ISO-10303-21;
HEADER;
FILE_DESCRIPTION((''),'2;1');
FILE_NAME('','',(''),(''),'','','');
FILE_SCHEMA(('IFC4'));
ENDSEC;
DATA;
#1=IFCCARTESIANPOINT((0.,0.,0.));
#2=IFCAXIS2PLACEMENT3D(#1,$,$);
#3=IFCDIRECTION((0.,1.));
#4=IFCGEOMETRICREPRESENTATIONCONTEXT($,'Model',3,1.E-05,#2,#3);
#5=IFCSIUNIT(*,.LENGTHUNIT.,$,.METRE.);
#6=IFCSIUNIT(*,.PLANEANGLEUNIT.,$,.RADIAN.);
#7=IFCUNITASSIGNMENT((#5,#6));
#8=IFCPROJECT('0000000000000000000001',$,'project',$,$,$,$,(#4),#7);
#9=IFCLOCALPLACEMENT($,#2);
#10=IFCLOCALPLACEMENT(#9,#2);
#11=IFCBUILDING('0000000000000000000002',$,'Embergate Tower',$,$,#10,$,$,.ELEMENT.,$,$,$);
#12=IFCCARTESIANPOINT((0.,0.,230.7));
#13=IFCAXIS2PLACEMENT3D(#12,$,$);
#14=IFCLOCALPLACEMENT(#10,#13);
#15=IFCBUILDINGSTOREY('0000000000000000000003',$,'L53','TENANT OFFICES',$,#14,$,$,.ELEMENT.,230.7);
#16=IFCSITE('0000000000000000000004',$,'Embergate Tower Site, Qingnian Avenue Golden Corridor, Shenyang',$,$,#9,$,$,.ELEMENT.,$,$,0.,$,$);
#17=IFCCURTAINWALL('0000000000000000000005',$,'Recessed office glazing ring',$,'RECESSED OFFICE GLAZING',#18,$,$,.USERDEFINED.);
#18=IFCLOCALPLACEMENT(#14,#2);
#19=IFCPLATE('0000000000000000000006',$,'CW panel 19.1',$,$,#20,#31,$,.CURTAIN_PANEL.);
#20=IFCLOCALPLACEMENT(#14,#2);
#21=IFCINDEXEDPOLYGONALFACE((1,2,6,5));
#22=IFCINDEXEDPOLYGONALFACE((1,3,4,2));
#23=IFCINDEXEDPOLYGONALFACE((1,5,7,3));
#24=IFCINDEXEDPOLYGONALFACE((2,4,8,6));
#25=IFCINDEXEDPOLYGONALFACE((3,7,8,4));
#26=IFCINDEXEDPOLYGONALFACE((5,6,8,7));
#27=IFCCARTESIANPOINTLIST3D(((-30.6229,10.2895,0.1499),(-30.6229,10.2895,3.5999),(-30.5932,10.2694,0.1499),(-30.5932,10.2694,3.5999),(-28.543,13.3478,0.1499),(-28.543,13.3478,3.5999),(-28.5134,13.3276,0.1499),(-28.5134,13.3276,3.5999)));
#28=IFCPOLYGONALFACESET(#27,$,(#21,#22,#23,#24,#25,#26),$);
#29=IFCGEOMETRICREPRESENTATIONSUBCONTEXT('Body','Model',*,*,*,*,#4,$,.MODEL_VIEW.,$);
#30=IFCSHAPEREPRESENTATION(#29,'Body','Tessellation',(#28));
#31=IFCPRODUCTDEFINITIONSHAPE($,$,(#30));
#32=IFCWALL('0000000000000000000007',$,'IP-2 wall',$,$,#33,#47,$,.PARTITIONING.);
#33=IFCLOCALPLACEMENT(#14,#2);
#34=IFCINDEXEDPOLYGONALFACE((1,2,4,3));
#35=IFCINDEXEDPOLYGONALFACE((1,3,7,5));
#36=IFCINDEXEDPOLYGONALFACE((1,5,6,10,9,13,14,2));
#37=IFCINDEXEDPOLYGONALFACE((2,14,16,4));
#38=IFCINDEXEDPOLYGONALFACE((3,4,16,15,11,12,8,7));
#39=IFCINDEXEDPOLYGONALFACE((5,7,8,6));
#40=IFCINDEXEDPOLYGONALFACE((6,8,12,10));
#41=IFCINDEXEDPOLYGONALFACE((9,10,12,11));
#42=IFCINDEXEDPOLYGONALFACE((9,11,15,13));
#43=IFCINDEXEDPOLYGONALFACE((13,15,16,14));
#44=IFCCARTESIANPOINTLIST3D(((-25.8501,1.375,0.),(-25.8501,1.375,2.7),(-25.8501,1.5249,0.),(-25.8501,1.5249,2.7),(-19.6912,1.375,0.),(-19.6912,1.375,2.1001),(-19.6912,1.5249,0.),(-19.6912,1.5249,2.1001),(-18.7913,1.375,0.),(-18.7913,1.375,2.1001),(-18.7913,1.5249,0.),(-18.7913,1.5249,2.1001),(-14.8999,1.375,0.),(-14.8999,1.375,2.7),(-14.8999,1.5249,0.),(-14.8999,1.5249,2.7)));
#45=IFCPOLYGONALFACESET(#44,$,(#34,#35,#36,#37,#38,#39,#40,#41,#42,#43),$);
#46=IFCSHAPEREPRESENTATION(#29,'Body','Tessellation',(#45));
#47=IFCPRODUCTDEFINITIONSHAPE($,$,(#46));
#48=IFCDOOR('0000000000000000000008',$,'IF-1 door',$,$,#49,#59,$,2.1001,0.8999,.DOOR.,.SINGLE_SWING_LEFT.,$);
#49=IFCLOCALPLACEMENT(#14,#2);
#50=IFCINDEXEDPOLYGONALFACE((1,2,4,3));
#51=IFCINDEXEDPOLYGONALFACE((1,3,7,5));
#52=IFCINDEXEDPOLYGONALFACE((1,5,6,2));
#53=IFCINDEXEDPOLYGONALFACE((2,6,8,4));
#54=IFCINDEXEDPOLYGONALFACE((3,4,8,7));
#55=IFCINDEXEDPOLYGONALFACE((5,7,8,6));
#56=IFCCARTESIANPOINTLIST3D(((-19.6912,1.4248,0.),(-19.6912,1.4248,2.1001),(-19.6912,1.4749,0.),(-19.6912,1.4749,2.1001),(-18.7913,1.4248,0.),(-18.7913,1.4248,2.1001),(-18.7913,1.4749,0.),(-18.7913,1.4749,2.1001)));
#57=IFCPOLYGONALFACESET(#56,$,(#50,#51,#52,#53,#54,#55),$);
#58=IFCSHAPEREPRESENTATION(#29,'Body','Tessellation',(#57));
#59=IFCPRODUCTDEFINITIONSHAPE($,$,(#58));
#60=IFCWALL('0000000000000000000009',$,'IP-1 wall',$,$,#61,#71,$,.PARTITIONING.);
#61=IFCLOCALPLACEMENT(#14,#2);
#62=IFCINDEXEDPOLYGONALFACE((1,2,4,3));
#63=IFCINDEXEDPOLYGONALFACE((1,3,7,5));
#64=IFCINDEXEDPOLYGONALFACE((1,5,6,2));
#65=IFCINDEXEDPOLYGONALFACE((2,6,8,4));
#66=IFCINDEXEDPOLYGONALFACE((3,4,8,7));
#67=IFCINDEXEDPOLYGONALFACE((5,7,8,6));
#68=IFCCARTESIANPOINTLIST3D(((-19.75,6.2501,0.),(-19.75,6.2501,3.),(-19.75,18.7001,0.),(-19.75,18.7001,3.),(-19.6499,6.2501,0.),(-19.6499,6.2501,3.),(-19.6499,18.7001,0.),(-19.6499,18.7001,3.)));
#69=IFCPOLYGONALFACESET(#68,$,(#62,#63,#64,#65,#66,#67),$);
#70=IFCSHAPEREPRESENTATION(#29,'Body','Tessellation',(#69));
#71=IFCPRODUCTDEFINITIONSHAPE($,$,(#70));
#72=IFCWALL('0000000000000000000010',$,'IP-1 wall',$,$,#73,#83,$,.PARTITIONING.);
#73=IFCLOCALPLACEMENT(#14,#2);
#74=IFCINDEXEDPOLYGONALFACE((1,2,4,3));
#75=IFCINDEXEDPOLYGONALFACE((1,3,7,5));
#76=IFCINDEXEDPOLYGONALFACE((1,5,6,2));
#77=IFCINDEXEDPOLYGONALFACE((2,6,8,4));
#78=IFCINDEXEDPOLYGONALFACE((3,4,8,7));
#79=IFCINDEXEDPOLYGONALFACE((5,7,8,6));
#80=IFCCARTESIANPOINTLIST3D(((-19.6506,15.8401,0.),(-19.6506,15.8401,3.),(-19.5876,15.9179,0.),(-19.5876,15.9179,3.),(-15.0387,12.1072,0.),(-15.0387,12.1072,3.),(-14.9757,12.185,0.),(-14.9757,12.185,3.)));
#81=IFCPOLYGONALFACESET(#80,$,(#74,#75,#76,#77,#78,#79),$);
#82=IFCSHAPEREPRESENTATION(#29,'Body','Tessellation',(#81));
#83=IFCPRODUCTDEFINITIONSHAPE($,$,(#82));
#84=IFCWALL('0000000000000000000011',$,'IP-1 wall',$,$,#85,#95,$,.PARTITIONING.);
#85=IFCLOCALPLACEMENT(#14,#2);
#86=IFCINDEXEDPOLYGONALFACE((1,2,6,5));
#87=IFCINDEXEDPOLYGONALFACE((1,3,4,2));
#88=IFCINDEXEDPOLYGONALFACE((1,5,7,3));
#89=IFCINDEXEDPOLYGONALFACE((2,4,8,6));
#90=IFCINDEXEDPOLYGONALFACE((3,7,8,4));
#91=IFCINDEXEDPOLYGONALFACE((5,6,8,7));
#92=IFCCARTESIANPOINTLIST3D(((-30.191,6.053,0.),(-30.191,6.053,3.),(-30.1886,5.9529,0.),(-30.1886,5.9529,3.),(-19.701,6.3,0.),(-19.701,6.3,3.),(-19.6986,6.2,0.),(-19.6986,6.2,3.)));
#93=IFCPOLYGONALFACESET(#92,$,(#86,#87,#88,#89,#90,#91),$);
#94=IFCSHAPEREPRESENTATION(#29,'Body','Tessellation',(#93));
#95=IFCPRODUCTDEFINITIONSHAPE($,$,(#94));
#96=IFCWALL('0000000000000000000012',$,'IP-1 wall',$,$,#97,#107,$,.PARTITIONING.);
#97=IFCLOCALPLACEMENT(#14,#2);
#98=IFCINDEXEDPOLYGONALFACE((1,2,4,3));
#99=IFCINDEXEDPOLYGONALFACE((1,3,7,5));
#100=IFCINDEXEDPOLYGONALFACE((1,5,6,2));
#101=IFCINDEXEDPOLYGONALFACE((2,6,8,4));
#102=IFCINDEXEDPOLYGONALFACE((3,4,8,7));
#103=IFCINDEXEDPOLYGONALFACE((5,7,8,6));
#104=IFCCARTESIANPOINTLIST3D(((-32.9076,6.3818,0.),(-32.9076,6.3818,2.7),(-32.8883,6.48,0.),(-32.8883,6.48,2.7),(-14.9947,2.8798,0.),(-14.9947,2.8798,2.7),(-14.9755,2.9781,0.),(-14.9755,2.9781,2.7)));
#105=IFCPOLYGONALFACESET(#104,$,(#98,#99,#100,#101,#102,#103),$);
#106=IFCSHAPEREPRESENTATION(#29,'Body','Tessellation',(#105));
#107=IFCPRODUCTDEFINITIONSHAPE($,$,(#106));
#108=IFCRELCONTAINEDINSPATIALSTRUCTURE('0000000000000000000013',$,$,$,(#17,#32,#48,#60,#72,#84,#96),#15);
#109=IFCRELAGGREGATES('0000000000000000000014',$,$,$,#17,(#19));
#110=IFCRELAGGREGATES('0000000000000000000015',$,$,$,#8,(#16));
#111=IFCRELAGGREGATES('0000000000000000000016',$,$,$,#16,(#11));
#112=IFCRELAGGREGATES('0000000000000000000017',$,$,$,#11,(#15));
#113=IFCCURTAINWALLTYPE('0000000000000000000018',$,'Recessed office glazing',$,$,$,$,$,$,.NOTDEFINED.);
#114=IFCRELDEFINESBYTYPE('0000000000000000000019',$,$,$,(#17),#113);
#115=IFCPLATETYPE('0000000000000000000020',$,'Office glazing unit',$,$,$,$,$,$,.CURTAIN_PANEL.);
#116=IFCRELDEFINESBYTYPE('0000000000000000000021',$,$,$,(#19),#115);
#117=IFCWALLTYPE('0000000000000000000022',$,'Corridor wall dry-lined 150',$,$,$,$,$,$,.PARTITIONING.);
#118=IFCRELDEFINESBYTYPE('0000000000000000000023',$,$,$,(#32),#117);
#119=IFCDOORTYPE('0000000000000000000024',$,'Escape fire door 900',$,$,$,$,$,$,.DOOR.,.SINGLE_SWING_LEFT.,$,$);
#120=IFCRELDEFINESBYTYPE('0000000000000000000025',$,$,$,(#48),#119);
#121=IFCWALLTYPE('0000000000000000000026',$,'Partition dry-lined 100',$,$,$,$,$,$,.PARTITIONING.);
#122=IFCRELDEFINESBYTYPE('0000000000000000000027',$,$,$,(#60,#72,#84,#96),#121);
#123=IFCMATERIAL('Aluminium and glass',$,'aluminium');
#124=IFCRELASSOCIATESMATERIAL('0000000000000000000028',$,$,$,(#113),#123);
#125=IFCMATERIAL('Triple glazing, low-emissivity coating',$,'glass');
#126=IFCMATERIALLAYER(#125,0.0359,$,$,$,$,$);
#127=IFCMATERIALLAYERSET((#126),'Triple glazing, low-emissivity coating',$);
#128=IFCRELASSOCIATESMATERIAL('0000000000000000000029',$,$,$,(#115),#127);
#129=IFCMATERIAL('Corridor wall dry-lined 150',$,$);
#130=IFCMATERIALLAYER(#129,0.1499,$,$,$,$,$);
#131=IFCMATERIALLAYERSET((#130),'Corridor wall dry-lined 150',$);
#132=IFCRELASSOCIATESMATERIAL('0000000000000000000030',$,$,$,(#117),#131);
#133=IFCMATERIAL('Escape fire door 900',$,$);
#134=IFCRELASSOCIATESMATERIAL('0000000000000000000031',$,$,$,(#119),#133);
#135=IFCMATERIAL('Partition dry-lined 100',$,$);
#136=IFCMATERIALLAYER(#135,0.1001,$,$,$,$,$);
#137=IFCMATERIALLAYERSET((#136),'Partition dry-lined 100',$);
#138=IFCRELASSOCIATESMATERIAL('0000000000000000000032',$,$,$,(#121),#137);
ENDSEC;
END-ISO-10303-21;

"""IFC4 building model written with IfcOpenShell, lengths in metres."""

from ifc_helpers import new_model, si_unit, direction, frame, frame_2d, origin, origin_2d, place, context, subcontext, project, spatial, rectangle, extrude, source, transform, mapped, material, layer, layer_set, type_object, element, fill, aggregate, save


model = new_model("IFC4")

# Units and contexts
model_context = context("Model", 3, precision=1e-05, world=origin(), true_north=direction((0.0, 1.0)))
body_context = subcontext(model_context, "Body", "Model", "MODEL_VIEW")
ifc_project = project(units=[si_unit("LENGTHUNIT", "METRE"), si_unit("PLANEANGLEUNIT", "RADIAN")], contexts=[model_context])

# Site, building, storey
site_placement = place(None, origin())
site = spatial("IfcSite", under=ifc_project, at=site_placement, Name="Embergate Tower Site, Qingnian Avenue Golden Corridor, Shenyang", CompositionType="ELEMENT", RefElevation=0.0)
building_placement = place(site_placement, origin())
building = spatial("IfcBuilding", under=site, at=building_placement, Name="Embergate Tower", CompositionType="ELEMENT")
storey_placement = place(building_placement, frame((0.0, 0.0, 230.7)))
storey = spatial("IfcBuildingStorey", under=building, at=storey_placement, Name="L53", Description="TENANT OFFICES", CompositionType="ELEMENT", Elevation=230.7)

# Curtain wall, plate
ifc_material_1 = material(Name="Aluminium and glass", Category="aluminium")
curtain_wall_type = type_object("IfcCurtainWallType", Name="Recessed office glazing", PredefinedType="NOTDEFINED", material=ifc_material_1)
curtain_wall_placement = place(storey_placement, origin())
curtain_wall = element("IfcCurtainWall", 1, at=curtain_wall_placement, inside=storey, type_object=curtain_wall_type, Name="Recessed office glazing ring", ObjectType="RECESSED OFFICE GLAZING", PredefinedType="USERDEFINED")
ifc_material_2 = material(Name="Triple glazing, low-emissivity coating", Category="glass")
ifc_layer_1 = layer(ifc_material_2, 0.0359)
ifc_layer_set_1 = layer_set([ifc_layer_1], Name="Triple glazing, low-emissivity coating")
plate_type = type_object("IfcPlateType", Name="Office glazing unit", PredefinedType="CURTAIN_PANEL", material=ifc_layer_set_1)
shared_shape_1 = source(origin(), body_context, "Body", "SweptSolid", [
    extrude(rectangle(XDim=3.6985, YDim=0.0359, at=origin_2d()), origin(), (0.0, 0.0, 1.0), 3.45),
])
plate_1_placement = place(storey_placement, frame((-29.5681, 11.8086, 0.1499), z_axis=(0.0, 0.0, 1.0), x_axis=(-0.562352, -0.826898, 0.0)))
plate_1 = element("IfcPlate", 2, at=plate_1_placement, type_object=plate_type, Name="CW panel 19.1", PredefinedType="CURTAIN_PANEL", context=body_context, shape_type="MappedRepresentation", body=[
    mapped(shared_shape_1, transform((0.0, 0.0, 0.0))),
])
aggregate(curtain_wall, [plate_1])

# Wall, opening, door
ifc_material_3 = material(Name="Corridor wall dry-lined 150")
ifc_layer_2 = layer(ifc_material_3, 0.1499)
ifc_layer_set_2 = layer_set([ifc_layer_2], Name="Corridor wall dry-lined 150")
wall_type_1 = type_object("IfcWallType", Name="Corridor wall dry-lined 150", PredefinedType="PARTITIONING", material=ifc_layer_set_2)
shared_shape_2 = source(origin(), body_context, "Body", "SweptSolid", [
    extrude(rectangle(XDim=10.9502, YDim=0.1499, at=frame_2d((5.4751, 0.0))), origin(), (0.0, 0.0, 1.0), 2.7),
])
wall_1_placement = place(storey_placement, frame((-25.8501, 1.45, 0.0), z_axis=(0.0, 0.0, 1.0), x_axis=(1.0, 0.0, 0.0)))
wall_1 = element("IfcWall", 3, at=wall_1_placement, inside=storey, type_object=wall_type_1, Name="IP-2 wall", PredefinedType="PARTITIONING", context=body_context, shape_type="MappedRepresentation", body=[
    mapped(shared_shape_2, transform((0.0, 0.0, 0.0))),
])
shared_shape_3 = source(origin(), body_context, "Body", "SweptSolid", [
    extrude(rectangle(XDim=0.8999, YDim=2.1001, at=frame_2d((0.45, 1.05))), frame((0.0, 0.085, 0.0), z_axis=(0.0, -1.0, 0.0), x_axis=(1.0, 0.0, 0.0)), (0.0, 0.0, 1.0), 0.1699),
])
opening_placement = place(wall_1_placement, frame((6.1589, 0.0, 0.0)))
opening = element("IfcOpeningElement", 4, at=opening_placement, cuts=wall_1, PredefinedType="OPENING", context=body_context, shape_type="MappedRepresentation", body=[
    mapped(shared_shape_3, transform((0.0, 0.0, 0.0))),
])
ifc_material_4 = material(Name="Escape fire door 900")
door_type = type_object("IfcDoorType", Name="Escape fire door 900", OperationType="SINGLE_SWING_LEFT", PredefinedType="DOOR", material=ifc_material_4)
shared_shape_4 = source(origin(), body_context, "Body", "SweptSolid", [
    extrude(rectangle(XDim=0.8999, YDim=2.1001, at=frame_2d((0.45, 1.05))), frame((0.0, 0.0249, 0.0), z_axis=(0.0, -1.0, 0.0), x_axis=(1.0, 0.0, 0.0)), (0.0, 0.0, 1.0), 0.05),
])
door_placement = place(opening_placement, origin())
door = element("IfcDoor", 5, at=door_placement, inside=storey, type_object=door_type, Name="IF-1 door", OperationType="SINGLE_SWING_LEFT", OverallHeight=2.1001, OverallWidth=0.8999, PredefinedType="DOOR", context=body_context, shape_type="MappedRepresentation", body=[
    mapped(shared_shape_4, transform((0.0, 0.0, 0.0))),
])
fill(opening, door)

# Walls
ifc_material_5 = material(Name="Partition dry-lined 100")
ifc_layer_3 = layer(ifc_material_5, 0.1001)
ifc_layer_set_3 = layer_set([ifc_layer_3], Name="Partition dry-lined 100")
wall_type_2 = type_object("IfcWallType", Name="Partition dry-lined 100", PredefinedType="PARTITIONING", material=ifc_layer_set_3)
shared_shape_5 = source(origin(), body_context, "Body", "SweptSolid", [
    extrude(rectangle(XDim=12.45, YDim=0.1001, at=frame_2d((6.2251, 0.0))), origin(), (0.0, 0.0, 1.0), 3.0),
])
wall_2_placement = place(storey_placement, frame((-19.7, 6.25, 0.0), z_axis=(0.0, 0.0, 1.0), x_axis=(0.0, 1.0, 0.0)))
element("IfcWall", 6, at=wall_2_placement, inside=storey, type_object=wall_type_2, Name="IP-1 wall", PredefinedType="PARTITIONING", context=body_context, shape_type="MappedRepresentation", body=[
    mapped(shared_shape_5, transform((0.0, 0.0, 0.0))),
])
shared_shape_6 = source(origin(), body_context, "Body", "SweptSolid", [
    extrude(rectangle(XDim=5.9333, YDim=0.1001, at=frame_2d((2.9668, 0.0))), origin(), (0.0, 0.0, 1.0), 3.0),
])
wall_3_placement = place(storey_placement, frame((-15.0071, 12.146, 0.0), z_axis=(0.0, 0.0, 1.0), x_axis=(-0.777283, 0.629151, 0.0)))
element("IfcWall", 7, at=wall_3_placement, inside=storey, type_object=wall_type_2, Name="IP-1 wall", PredefinedType="PARTITIONING", context=body_context, shape_type="MappedRepresentation", body=[
    mapped(shared_shape_6, transform((0.0, 0.0, 0.0))),
])
shared_shape_7 = source(origin(), body_context, "Body", "SweptSolid", [
    extrude(rectangle(XDim=10.4929, YDim=0.1001, at=frame_2d((5.2466, 0.0))), origin(), (0.0, 0.0, 1.0), 3.0),
])
wall_4_placement = place(storey_placement, frame((-30.1899, 6.0029, 0.0), z_axis=(0.0, 0.0, 1.0), x_axis=(0.999723, 0.023546, 0.0)))
element("IfcWall", 8, at=wall_4_placement, inside=storey, type_object=wall_type_2, Name="IP-1 wall", PredefinedType="PARTITIONING", context=body_context, shape_type="MappedRepresentation", body=[
    mapped(shared_shape_7, transform((0.0, 0.0, 0.0))),
])
shared_shape_8 = source(origin(), body_context, "Body", "SweptSolid", [
    extrude(rectangle(XDim=18.252, YDim=0.1001, at=frame_2d((9.126, 0.0))), origin(), (0.0, 0.0, 1.0), 2.7),
])
wall_5_placement = place(storey_placement, frame((-32.8979, 6.4309, 0.0), z_axis=(0.0, 0.0, 1.0), x_axis=(0.981421, -0.191867, 0.0)))
element("IfcWall", 9, at=wall_5_placement, inside=storey, type_object=wall_type_2, Name="IP-1 wall", PredefinedType="PARTITIONING", context=body_context, shape_type="MappedRepresentation", body=[
    mapped(shared_shape_8, transform((0.0, 0.0, 0.0))),
])

save(model, "model.ifc")
